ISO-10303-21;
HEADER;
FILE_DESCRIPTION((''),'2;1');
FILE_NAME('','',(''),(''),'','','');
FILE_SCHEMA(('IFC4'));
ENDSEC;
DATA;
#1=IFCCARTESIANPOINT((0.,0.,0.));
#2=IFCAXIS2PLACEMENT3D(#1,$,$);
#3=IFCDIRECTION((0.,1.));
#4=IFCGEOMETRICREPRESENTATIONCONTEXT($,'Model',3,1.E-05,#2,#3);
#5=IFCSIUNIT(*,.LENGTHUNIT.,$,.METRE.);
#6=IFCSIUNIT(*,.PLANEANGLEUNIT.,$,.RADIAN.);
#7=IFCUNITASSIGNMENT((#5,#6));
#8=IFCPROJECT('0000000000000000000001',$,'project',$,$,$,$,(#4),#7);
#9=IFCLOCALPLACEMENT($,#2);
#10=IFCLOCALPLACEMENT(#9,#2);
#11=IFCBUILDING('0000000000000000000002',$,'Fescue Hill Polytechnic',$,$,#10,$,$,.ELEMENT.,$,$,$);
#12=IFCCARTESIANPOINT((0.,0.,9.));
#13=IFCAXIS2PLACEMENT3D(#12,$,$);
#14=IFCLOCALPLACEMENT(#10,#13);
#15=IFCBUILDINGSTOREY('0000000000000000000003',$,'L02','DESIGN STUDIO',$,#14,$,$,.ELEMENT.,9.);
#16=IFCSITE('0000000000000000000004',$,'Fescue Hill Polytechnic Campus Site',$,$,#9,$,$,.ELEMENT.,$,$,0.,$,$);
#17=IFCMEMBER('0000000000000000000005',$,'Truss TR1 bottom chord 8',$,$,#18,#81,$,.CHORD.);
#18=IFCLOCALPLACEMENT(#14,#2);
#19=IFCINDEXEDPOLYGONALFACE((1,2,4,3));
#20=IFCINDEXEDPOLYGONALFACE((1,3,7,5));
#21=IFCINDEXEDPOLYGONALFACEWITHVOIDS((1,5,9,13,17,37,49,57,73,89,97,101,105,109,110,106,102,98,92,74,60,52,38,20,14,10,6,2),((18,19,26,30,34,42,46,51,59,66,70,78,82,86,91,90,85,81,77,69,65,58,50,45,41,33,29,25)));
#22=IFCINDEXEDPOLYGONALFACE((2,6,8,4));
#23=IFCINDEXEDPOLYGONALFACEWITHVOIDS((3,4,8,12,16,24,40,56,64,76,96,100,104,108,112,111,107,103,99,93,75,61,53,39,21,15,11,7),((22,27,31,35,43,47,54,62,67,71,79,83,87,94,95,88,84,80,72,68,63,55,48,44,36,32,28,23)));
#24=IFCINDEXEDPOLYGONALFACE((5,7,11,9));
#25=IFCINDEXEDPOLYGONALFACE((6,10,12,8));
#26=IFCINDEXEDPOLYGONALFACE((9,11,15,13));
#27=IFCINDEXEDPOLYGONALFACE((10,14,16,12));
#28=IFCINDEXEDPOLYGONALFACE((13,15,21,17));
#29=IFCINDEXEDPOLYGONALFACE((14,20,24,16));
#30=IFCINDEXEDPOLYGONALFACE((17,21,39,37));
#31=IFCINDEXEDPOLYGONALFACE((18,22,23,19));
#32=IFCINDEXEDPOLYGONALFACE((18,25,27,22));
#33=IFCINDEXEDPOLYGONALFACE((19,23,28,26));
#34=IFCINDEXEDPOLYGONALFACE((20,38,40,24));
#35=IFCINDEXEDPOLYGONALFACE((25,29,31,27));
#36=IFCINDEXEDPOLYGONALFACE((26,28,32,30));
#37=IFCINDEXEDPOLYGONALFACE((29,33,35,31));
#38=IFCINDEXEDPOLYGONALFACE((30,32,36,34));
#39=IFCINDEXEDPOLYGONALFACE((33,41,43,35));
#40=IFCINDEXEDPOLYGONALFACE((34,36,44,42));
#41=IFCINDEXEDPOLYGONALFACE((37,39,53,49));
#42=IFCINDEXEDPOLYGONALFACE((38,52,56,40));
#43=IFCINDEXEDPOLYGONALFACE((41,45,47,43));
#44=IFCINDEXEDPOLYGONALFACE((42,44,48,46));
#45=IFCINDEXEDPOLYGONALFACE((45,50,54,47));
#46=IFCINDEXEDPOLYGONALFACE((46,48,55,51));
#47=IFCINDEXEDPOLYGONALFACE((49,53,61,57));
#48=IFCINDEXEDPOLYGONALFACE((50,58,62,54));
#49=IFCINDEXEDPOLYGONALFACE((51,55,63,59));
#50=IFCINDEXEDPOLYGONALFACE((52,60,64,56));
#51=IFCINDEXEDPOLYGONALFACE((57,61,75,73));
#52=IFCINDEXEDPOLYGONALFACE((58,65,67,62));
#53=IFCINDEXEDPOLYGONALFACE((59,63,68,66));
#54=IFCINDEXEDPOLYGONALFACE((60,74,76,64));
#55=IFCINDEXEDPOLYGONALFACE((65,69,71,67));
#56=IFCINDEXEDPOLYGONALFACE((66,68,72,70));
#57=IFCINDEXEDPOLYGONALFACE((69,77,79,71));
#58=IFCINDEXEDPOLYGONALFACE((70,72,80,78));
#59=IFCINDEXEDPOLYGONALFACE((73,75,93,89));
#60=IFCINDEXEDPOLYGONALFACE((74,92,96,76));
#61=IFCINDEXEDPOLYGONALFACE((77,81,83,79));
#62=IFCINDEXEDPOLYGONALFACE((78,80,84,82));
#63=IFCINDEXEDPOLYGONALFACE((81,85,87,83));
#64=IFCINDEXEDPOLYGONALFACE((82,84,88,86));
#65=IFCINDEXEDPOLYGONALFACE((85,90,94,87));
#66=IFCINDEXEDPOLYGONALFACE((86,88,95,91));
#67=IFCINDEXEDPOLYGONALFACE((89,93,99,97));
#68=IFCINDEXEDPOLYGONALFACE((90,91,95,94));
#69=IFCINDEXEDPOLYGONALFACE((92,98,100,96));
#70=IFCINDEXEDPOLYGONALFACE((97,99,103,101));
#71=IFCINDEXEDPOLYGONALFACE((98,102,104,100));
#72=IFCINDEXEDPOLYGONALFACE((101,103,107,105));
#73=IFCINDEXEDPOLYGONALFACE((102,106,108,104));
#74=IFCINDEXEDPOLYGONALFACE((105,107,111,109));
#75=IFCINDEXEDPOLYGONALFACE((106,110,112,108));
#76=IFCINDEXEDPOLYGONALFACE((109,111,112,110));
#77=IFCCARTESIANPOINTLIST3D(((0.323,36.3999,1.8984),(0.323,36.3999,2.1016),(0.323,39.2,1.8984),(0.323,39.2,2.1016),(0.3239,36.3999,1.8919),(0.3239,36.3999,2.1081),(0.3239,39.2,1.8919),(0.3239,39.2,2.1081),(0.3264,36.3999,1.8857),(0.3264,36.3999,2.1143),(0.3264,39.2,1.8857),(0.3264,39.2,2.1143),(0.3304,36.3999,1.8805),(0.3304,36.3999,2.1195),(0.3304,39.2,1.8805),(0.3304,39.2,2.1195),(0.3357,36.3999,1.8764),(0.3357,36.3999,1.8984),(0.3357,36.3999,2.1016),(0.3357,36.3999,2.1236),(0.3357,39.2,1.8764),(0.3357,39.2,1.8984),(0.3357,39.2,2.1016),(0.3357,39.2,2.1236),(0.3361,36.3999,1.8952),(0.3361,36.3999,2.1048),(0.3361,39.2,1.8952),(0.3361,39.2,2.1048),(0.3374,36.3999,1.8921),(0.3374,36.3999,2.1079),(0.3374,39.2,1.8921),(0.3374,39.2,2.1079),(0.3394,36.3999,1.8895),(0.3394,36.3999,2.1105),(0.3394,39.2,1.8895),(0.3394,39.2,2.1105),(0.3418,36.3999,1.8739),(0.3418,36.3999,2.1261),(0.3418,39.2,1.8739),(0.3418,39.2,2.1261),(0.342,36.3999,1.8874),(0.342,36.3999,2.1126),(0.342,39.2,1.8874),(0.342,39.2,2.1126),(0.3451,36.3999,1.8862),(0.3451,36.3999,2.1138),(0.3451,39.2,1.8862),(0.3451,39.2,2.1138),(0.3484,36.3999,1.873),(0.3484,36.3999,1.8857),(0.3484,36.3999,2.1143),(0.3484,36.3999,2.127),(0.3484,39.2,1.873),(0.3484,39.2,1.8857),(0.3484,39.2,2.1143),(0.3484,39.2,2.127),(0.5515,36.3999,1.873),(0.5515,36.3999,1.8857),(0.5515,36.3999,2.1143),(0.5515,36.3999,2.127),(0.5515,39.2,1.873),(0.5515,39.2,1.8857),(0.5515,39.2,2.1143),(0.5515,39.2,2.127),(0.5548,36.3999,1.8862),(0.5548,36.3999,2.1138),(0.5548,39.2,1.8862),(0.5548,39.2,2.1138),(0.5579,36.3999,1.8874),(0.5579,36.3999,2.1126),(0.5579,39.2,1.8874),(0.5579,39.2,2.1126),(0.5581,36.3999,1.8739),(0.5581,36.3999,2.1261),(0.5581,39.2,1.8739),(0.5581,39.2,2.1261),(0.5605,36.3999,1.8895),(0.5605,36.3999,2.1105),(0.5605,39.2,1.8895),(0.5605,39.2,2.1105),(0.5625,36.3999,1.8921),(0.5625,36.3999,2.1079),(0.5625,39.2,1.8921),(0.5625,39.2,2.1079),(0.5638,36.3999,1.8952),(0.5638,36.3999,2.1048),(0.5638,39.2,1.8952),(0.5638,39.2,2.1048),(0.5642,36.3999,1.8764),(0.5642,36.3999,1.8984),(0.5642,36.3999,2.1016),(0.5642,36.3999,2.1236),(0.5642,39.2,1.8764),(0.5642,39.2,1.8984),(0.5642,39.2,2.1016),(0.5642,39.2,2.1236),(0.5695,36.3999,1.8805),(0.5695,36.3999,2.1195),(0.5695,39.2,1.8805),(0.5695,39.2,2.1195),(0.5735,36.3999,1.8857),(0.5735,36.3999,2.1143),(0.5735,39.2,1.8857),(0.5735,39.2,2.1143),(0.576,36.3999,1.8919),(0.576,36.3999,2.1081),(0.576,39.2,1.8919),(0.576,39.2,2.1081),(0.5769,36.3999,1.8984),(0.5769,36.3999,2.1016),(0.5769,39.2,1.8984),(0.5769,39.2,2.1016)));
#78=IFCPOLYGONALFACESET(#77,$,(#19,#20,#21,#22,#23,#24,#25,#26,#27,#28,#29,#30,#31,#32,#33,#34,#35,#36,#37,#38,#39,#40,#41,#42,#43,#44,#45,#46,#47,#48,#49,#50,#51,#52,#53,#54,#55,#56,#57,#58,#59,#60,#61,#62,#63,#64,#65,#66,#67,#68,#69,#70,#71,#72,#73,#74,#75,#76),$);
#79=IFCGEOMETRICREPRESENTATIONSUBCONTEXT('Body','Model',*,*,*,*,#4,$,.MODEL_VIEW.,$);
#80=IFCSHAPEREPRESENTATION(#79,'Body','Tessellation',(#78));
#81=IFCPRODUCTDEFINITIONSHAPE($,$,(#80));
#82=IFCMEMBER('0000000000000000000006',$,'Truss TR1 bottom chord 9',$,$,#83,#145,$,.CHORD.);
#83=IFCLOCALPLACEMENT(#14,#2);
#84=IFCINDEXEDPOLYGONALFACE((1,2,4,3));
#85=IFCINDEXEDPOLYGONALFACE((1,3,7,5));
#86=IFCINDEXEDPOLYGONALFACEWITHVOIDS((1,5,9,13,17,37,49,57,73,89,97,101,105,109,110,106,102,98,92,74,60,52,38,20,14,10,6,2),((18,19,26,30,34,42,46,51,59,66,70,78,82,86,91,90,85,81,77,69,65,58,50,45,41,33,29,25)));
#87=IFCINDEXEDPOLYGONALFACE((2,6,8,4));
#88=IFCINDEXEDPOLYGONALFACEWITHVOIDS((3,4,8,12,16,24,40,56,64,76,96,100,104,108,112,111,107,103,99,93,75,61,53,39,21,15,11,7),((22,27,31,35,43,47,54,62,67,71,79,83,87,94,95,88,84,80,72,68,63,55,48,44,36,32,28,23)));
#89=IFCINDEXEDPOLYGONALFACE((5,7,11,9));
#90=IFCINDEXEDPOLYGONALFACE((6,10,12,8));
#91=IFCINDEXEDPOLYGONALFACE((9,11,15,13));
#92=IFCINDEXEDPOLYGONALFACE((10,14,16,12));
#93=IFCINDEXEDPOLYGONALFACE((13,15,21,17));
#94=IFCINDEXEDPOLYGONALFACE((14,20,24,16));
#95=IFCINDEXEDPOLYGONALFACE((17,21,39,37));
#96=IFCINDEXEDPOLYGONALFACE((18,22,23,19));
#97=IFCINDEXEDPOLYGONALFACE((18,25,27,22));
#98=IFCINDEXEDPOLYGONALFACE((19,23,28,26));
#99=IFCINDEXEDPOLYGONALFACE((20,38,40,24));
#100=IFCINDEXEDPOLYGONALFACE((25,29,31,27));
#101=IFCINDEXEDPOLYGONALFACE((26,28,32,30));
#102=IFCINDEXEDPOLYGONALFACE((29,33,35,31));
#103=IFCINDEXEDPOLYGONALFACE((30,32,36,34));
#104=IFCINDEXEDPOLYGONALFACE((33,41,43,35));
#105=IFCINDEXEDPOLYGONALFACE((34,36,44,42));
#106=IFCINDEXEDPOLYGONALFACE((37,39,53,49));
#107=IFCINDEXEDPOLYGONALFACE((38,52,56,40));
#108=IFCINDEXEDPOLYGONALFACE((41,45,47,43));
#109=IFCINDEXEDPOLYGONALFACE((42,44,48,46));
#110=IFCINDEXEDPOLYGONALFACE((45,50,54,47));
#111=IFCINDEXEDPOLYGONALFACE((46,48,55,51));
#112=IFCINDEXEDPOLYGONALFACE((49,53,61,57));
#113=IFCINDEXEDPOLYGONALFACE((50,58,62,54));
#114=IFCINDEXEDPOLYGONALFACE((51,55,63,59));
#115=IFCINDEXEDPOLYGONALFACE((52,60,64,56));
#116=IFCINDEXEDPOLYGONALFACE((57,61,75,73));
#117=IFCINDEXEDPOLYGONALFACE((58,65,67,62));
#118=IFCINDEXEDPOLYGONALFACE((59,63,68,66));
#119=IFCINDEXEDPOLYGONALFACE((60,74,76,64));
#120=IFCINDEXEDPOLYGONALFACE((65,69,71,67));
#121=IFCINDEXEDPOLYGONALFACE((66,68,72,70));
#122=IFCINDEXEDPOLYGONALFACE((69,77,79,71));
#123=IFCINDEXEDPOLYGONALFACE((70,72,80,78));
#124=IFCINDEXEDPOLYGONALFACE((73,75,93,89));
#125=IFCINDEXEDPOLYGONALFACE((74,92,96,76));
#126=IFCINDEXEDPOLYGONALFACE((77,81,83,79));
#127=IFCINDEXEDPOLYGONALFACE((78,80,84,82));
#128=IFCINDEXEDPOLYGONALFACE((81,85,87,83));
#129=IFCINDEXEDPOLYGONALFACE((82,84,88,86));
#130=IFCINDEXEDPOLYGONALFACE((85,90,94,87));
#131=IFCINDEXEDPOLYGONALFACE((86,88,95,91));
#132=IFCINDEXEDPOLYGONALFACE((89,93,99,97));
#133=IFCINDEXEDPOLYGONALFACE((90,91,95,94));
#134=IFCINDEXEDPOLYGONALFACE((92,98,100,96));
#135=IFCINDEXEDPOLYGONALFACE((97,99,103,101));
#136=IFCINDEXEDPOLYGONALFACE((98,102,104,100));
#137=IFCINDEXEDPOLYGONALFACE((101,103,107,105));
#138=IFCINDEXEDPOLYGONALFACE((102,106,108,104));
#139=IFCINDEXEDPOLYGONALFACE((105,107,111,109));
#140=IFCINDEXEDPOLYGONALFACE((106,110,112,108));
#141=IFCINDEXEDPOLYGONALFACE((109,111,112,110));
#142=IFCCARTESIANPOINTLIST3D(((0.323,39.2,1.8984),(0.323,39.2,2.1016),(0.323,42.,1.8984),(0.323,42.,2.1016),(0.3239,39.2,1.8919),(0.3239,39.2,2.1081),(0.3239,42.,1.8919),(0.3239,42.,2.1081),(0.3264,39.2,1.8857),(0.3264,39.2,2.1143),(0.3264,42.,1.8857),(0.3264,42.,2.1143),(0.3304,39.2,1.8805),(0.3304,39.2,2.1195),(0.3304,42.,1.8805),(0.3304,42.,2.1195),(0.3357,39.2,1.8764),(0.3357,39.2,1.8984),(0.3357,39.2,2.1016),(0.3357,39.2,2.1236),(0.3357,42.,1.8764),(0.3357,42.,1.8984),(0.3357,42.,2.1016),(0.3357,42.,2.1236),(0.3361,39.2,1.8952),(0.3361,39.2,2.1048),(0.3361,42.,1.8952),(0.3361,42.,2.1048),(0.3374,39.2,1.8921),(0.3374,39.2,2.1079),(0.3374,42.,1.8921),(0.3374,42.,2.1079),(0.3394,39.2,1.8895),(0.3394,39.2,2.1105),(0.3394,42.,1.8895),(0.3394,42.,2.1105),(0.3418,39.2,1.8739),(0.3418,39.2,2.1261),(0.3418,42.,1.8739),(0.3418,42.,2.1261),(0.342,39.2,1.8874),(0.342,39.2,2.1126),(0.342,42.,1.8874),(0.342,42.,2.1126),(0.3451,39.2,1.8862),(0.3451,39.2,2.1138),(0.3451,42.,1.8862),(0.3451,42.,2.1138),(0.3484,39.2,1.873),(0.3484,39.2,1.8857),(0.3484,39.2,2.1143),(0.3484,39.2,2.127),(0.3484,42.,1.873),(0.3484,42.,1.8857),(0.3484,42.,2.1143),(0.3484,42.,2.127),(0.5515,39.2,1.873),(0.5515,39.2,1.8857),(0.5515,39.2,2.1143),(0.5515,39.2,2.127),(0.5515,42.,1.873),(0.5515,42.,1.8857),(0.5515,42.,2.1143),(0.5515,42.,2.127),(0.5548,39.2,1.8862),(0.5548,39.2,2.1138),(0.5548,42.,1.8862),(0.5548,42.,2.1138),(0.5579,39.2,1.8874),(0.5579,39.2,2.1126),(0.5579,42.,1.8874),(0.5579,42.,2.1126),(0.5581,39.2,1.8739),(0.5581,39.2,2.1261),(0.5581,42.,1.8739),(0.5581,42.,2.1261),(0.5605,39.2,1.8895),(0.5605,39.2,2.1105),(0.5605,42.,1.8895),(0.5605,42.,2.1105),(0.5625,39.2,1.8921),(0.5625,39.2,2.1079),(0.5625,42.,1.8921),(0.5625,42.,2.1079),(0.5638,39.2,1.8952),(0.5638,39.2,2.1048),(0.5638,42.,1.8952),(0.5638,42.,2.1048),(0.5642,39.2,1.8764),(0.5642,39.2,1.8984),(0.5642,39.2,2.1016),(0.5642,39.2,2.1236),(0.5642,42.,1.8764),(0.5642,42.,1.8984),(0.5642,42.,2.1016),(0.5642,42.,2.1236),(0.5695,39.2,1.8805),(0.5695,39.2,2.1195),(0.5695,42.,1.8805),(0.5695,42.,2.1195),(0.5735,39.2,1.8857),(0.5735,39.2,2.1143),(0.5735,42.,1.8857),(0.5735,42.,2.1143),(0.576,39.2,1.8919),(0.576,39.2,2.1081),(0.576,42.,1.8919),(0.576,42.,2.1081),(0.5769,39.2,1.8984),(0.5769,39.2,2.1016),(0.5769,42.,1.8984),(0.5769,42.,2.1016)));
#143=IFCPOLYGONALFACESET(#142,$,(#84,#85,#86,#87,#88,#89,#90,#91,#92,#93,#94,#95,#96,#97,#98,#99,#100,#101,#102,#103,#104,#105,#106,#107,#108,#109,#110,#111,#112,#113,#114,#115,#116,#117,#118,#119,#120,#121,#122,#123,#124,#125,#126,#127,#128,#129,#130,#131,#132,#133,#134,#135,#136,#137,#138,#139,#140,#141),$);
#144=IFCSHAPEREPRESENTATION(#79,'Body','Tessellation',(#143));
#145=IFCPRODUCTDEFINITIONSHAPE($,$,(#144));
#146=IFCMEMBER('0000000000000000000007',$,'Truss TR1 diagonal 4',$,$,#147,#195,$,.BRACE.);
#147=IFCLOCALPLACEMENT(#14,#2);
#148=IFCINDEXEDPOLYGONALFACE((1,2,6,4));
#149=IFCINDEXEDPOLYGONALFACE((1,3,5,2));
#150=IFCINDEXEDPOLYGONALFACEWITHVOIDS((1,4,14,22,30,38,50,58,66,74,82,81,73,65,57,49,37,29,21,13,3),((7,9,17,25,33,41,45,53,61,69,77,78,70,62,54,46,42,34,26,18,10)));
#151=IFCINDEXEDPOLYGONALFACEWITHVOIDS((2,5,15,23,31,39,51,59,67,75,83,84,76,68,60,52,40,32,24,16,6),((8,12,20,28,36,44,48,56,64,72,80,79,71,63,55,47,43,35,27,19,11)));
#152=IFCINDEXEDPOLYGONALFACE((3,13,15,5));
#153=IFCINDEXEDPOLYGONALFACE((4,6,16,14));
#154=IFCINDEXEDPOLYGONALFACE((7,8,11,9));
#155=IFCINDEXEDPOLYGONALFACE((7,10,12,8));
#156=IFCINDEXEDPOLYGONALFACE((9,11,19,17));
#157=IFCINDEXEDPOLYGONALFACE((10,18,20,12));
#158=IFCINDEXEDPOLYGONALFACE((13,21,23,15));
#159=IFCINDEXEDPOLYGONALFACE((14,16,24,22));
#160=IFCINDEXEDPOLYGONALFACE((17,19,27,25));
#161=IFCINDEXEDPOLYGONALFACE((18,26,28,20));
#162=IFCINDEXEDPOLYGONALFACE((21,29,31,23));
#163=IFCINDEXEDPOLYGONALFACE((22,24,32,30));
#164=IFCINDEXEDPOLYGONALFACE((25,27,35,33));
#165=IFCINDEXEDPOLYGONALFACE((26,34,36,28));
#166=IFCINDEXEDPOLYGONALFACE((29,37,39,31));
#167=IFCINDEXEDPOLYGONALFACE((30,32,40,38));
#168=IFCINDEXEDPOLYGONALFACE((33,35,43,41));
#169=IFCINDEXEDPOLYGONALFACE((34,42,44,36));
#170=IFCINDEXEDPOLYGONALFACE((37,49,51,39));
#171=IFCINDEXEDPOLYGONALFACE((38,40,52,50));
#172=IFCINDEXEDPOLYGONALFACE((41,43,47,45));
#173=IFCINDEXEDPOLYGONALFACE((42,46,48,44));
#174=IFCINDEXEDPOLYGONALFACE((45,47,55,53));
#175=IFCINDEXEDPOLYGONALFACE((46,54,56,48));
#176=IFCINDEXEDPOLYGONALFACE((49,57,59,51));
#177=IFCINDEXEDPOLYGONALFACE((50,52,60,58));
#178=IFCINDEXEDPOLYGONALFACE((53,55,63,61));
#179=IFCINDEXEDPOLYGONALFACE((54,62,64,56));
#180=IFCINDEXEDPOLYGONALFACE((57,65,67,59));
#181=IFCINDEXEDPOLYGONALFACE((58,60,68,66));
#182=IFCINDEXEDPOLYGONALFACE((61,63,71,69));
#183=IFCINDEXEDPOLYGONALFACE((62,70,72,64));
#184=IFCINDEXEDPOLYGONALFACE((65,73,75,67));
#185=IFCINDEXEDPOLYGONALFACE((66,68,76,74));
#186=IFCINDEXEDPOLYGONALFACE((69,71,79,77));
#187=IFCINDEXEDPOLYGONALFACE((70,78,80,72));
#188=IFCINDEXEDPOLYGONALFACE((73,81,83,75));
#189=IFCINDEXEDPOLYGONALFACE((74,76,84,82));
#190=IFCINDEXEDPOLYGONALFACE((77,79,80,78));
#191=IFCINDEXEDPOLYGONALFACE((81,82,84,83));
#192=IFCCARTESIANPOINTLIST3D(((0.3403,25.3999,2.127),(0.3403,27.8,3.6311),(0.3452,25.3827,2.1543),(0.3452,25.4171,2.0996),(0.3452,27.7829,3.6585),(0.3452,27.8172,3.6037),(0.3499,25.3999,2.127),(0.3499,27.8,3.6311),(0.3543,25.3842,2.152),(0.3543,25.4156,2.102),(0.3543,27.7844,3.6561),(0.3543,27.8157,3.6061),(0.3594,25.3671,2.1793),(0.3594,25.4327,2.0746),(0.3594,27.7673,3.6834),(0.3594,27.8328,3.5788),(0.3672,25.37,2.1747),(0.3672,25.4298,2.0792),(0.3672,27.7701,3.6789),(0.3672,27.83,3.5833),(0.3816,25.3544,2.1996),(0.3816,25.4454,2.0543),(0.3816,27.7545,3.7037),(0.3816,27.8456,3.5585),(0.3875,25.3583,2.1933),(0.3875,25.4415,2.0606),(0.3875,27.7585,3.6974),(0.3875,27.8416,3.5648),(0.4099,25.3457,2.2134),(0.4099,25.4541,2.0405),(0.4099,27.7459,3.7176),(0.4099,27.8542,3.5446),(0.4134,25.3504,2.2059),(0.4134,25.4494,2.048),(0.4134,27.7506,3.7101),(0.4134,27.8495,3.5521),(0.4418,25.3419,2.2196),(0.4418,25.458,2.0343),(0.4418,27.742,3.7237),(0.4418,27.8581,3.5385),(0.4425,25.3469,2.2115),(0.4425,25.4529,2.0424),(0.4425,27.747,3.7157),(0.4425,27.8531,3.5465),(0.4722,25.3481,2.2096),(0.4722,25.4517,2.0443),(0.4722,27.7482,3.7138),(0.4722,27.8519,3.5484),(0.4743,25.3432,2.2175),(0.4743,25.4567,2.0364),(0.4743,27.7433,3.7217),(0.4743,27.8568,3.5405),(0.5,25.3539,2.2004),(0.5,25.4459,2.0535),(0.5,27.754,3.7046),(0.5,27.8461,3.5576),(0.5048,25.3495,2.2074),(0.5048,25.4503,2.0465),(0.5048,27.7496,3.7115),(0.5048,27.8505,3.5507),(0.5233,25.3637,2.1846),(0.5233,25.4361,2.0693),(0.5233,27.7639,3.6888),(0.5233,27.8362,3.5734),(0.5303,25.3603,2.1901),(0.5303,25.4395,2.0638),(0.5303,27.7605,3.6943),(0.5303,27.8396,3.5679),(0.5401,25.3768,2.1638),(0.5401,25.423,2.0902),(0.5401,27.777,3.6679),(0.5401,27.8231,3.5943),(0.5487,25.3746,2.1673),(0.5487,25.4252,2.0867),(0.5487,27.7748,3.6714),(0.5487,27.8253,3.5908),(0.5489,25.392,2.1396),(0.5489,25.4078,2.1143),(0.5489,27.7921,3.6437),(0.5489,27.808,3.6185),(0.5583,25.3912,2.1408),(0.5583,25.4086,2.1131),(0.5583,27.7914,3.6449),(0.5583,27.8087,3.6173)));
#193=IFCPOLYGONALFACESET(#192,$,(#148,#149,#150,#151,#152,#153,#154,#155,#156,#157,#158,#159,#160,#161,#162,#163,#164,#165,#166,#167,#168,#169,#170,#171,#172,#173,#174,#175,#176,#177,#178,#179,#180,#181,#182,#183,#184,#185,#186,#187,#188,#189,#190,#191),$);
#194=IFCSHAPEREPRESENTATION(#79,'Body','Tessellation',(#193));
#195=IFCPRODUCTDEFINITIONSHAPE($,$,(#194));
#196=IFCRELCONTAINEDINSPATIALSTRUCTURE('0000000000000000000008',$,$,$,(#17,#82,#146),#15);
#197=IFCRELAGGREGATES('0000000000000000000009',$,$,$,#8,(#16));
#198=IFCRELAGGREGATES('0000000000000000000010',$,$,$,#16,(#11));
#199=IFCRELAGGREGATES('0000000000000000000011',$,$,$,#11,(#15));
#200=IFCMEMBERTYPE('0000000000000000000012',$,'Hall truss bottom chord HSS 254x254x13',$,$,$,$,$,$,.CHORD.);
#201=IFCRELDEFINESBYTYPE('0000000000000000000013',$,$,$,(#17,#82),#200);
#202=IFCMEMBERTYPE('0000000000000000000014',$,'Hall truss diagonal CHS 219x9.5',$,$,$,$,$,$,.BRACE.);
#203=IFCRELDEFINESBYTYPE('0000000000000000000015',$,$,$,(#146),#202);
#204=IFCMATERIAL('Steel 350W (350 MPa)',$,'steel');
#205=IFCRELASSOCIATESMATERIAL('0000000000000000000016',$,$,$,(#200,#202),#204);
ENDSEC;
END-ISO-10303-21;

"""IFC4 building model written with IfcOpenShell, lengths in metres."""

from ifc_helpers import new_model, si_unit, direction, frame, origin, origin_2d, place, context, subcontext, project, spatial, hollow_rectangle, hollow_circle, extrude, material, material_profile, profile_set, type_object, element, save


model = new_model("IFC4")

# Units and contexts
model_context = context("Model", 3, precision=1e-05, world=origin(), true_north=direction((0.0, 1.0)))
body_context = subcontext(model_context, "Body", "Model", "MODEL_VIEW")
ifc_project = project(units=[si_unit("LENGTHUNIT", "METRE"), si_unit("PLANEANGLEUNIT", "RADIAN")], contexts=[model_context])

# Site, building, storey
site_placement = place(None, origin())
site = spatial("IfcSite", under=ifc_project, at=site_placement, Name="Fescue Hill Polytechnic Campus Site", CompositionType="ELEMENT", RefElevation=0.0)
building_placement = place(site_placement, origin())
building = spatial("IfcBuilding", under=site, at=building_placement, Name="Fescue Hill Polytechnic", CompositionType="ELEMENT")
storey_placement = place(building_placement, frame((0.0, 0.0, 9.0)))
storey = spatial("IfcBuildingStorey", under=building, at=storey_placement, Name="L02", Description="DESIGN STUDIO", CompositionType="ELEMENT", Elevation=9.0)

# Members
ifc_material_1 = material(Name="Steel 350W (350 MPa)", Category="steel")
ifc_material_profile_1 = material_profile(ifc_material_1, hollow_rectangle(XDim=0.2539, YDim=0.2539, WallThickness=0.0127, InnerFilletRadius=0.0127, OuterFilletRadius=0.0254, at=origin_2d()), Name="Hall truss bottom chord HSS 254x254x13")
ifc_profile_set_1 = profile_set([ifc_material_profile_1], Name="Steel 350W (350 MPa)")
member_type_1 = type_object("IfcMemberType", Name="Hall truss bottom chord HSS 254x254x13", PredefinedType="CHORD", material=ifc_profile_set_1)
for number, where, z_axis, x_axis, name in (
    (1, (0.45, 36.3999, 2.0), (0.0, 1.0, 0.0), (-1.0, 0.0, 0.0), "Truss TR1 bottom chord 8"),
    (2, (0.45, 39.2, 2.0), (0.0, 1.0, 0.0), (-1.0, 0.0, 0.0), "Truss TR1 bottom chord 9"),
):
    element("IfcMember", number, at=place(storey_placement, frame(where, z_axis=z_axis, x_axis=x_axis)), inside=storey, type_object=member_type_1, Name=name, PredefinedType="CHORD", context=body_context, shape_type="SweptSolid", body=[
        extrude(hollow_rectangle(XDim=0.2539, YDim=0.2539, WallThickness=0.0127, InnerFilletRadius=0.0127, OuterFilletRadius=0.0254, at=origin_2d()), origin(), (0.0, 0.0, 1.0), 2.8),
    ])
ifc_material_profile_2 = material_profile(ifc_material_1, hollow_circle(Radius=0.1096, WallThickness=0.0095, at=origin_2d()), Name="Hall truss diagonal CHS 219x9.5")
ifc_profile_set_2 = profile_set([ifc_material_profile_2], Name="Steel 350W (350 MPa)")
member_type_2 = type_object("IfcMemberType", Name="Hall truss diagonal CHS 219x9.5", PredefinedType="BRACE", material=ifc_profile_set_2)
for number, where, z_axis, x_axis, name in (
    (3, (0.45, 25.3999, 2.127), (0.0, 0.847354, 0.531029), (-1.0, 0.0, 0.0), "Truss TR1 diagonal 4"),
):
    element("IfcMember", number, at=place(storey_placement, frame(where, z_axis=z_axis, x_axis=x_axis)), inside=storey, type_object=member_type_2, Name=name, PredefinedType="BRACE", context=body_context, shape_type="SweptSolid", body=[
        extrude(hollow_circle(Radius=0.1096, WallThickness=0.0095, at=origin_2d()), origin(), (0.0, 0.0, 1.0), 2.8325),
    ])

save(model, "model.ifc")
